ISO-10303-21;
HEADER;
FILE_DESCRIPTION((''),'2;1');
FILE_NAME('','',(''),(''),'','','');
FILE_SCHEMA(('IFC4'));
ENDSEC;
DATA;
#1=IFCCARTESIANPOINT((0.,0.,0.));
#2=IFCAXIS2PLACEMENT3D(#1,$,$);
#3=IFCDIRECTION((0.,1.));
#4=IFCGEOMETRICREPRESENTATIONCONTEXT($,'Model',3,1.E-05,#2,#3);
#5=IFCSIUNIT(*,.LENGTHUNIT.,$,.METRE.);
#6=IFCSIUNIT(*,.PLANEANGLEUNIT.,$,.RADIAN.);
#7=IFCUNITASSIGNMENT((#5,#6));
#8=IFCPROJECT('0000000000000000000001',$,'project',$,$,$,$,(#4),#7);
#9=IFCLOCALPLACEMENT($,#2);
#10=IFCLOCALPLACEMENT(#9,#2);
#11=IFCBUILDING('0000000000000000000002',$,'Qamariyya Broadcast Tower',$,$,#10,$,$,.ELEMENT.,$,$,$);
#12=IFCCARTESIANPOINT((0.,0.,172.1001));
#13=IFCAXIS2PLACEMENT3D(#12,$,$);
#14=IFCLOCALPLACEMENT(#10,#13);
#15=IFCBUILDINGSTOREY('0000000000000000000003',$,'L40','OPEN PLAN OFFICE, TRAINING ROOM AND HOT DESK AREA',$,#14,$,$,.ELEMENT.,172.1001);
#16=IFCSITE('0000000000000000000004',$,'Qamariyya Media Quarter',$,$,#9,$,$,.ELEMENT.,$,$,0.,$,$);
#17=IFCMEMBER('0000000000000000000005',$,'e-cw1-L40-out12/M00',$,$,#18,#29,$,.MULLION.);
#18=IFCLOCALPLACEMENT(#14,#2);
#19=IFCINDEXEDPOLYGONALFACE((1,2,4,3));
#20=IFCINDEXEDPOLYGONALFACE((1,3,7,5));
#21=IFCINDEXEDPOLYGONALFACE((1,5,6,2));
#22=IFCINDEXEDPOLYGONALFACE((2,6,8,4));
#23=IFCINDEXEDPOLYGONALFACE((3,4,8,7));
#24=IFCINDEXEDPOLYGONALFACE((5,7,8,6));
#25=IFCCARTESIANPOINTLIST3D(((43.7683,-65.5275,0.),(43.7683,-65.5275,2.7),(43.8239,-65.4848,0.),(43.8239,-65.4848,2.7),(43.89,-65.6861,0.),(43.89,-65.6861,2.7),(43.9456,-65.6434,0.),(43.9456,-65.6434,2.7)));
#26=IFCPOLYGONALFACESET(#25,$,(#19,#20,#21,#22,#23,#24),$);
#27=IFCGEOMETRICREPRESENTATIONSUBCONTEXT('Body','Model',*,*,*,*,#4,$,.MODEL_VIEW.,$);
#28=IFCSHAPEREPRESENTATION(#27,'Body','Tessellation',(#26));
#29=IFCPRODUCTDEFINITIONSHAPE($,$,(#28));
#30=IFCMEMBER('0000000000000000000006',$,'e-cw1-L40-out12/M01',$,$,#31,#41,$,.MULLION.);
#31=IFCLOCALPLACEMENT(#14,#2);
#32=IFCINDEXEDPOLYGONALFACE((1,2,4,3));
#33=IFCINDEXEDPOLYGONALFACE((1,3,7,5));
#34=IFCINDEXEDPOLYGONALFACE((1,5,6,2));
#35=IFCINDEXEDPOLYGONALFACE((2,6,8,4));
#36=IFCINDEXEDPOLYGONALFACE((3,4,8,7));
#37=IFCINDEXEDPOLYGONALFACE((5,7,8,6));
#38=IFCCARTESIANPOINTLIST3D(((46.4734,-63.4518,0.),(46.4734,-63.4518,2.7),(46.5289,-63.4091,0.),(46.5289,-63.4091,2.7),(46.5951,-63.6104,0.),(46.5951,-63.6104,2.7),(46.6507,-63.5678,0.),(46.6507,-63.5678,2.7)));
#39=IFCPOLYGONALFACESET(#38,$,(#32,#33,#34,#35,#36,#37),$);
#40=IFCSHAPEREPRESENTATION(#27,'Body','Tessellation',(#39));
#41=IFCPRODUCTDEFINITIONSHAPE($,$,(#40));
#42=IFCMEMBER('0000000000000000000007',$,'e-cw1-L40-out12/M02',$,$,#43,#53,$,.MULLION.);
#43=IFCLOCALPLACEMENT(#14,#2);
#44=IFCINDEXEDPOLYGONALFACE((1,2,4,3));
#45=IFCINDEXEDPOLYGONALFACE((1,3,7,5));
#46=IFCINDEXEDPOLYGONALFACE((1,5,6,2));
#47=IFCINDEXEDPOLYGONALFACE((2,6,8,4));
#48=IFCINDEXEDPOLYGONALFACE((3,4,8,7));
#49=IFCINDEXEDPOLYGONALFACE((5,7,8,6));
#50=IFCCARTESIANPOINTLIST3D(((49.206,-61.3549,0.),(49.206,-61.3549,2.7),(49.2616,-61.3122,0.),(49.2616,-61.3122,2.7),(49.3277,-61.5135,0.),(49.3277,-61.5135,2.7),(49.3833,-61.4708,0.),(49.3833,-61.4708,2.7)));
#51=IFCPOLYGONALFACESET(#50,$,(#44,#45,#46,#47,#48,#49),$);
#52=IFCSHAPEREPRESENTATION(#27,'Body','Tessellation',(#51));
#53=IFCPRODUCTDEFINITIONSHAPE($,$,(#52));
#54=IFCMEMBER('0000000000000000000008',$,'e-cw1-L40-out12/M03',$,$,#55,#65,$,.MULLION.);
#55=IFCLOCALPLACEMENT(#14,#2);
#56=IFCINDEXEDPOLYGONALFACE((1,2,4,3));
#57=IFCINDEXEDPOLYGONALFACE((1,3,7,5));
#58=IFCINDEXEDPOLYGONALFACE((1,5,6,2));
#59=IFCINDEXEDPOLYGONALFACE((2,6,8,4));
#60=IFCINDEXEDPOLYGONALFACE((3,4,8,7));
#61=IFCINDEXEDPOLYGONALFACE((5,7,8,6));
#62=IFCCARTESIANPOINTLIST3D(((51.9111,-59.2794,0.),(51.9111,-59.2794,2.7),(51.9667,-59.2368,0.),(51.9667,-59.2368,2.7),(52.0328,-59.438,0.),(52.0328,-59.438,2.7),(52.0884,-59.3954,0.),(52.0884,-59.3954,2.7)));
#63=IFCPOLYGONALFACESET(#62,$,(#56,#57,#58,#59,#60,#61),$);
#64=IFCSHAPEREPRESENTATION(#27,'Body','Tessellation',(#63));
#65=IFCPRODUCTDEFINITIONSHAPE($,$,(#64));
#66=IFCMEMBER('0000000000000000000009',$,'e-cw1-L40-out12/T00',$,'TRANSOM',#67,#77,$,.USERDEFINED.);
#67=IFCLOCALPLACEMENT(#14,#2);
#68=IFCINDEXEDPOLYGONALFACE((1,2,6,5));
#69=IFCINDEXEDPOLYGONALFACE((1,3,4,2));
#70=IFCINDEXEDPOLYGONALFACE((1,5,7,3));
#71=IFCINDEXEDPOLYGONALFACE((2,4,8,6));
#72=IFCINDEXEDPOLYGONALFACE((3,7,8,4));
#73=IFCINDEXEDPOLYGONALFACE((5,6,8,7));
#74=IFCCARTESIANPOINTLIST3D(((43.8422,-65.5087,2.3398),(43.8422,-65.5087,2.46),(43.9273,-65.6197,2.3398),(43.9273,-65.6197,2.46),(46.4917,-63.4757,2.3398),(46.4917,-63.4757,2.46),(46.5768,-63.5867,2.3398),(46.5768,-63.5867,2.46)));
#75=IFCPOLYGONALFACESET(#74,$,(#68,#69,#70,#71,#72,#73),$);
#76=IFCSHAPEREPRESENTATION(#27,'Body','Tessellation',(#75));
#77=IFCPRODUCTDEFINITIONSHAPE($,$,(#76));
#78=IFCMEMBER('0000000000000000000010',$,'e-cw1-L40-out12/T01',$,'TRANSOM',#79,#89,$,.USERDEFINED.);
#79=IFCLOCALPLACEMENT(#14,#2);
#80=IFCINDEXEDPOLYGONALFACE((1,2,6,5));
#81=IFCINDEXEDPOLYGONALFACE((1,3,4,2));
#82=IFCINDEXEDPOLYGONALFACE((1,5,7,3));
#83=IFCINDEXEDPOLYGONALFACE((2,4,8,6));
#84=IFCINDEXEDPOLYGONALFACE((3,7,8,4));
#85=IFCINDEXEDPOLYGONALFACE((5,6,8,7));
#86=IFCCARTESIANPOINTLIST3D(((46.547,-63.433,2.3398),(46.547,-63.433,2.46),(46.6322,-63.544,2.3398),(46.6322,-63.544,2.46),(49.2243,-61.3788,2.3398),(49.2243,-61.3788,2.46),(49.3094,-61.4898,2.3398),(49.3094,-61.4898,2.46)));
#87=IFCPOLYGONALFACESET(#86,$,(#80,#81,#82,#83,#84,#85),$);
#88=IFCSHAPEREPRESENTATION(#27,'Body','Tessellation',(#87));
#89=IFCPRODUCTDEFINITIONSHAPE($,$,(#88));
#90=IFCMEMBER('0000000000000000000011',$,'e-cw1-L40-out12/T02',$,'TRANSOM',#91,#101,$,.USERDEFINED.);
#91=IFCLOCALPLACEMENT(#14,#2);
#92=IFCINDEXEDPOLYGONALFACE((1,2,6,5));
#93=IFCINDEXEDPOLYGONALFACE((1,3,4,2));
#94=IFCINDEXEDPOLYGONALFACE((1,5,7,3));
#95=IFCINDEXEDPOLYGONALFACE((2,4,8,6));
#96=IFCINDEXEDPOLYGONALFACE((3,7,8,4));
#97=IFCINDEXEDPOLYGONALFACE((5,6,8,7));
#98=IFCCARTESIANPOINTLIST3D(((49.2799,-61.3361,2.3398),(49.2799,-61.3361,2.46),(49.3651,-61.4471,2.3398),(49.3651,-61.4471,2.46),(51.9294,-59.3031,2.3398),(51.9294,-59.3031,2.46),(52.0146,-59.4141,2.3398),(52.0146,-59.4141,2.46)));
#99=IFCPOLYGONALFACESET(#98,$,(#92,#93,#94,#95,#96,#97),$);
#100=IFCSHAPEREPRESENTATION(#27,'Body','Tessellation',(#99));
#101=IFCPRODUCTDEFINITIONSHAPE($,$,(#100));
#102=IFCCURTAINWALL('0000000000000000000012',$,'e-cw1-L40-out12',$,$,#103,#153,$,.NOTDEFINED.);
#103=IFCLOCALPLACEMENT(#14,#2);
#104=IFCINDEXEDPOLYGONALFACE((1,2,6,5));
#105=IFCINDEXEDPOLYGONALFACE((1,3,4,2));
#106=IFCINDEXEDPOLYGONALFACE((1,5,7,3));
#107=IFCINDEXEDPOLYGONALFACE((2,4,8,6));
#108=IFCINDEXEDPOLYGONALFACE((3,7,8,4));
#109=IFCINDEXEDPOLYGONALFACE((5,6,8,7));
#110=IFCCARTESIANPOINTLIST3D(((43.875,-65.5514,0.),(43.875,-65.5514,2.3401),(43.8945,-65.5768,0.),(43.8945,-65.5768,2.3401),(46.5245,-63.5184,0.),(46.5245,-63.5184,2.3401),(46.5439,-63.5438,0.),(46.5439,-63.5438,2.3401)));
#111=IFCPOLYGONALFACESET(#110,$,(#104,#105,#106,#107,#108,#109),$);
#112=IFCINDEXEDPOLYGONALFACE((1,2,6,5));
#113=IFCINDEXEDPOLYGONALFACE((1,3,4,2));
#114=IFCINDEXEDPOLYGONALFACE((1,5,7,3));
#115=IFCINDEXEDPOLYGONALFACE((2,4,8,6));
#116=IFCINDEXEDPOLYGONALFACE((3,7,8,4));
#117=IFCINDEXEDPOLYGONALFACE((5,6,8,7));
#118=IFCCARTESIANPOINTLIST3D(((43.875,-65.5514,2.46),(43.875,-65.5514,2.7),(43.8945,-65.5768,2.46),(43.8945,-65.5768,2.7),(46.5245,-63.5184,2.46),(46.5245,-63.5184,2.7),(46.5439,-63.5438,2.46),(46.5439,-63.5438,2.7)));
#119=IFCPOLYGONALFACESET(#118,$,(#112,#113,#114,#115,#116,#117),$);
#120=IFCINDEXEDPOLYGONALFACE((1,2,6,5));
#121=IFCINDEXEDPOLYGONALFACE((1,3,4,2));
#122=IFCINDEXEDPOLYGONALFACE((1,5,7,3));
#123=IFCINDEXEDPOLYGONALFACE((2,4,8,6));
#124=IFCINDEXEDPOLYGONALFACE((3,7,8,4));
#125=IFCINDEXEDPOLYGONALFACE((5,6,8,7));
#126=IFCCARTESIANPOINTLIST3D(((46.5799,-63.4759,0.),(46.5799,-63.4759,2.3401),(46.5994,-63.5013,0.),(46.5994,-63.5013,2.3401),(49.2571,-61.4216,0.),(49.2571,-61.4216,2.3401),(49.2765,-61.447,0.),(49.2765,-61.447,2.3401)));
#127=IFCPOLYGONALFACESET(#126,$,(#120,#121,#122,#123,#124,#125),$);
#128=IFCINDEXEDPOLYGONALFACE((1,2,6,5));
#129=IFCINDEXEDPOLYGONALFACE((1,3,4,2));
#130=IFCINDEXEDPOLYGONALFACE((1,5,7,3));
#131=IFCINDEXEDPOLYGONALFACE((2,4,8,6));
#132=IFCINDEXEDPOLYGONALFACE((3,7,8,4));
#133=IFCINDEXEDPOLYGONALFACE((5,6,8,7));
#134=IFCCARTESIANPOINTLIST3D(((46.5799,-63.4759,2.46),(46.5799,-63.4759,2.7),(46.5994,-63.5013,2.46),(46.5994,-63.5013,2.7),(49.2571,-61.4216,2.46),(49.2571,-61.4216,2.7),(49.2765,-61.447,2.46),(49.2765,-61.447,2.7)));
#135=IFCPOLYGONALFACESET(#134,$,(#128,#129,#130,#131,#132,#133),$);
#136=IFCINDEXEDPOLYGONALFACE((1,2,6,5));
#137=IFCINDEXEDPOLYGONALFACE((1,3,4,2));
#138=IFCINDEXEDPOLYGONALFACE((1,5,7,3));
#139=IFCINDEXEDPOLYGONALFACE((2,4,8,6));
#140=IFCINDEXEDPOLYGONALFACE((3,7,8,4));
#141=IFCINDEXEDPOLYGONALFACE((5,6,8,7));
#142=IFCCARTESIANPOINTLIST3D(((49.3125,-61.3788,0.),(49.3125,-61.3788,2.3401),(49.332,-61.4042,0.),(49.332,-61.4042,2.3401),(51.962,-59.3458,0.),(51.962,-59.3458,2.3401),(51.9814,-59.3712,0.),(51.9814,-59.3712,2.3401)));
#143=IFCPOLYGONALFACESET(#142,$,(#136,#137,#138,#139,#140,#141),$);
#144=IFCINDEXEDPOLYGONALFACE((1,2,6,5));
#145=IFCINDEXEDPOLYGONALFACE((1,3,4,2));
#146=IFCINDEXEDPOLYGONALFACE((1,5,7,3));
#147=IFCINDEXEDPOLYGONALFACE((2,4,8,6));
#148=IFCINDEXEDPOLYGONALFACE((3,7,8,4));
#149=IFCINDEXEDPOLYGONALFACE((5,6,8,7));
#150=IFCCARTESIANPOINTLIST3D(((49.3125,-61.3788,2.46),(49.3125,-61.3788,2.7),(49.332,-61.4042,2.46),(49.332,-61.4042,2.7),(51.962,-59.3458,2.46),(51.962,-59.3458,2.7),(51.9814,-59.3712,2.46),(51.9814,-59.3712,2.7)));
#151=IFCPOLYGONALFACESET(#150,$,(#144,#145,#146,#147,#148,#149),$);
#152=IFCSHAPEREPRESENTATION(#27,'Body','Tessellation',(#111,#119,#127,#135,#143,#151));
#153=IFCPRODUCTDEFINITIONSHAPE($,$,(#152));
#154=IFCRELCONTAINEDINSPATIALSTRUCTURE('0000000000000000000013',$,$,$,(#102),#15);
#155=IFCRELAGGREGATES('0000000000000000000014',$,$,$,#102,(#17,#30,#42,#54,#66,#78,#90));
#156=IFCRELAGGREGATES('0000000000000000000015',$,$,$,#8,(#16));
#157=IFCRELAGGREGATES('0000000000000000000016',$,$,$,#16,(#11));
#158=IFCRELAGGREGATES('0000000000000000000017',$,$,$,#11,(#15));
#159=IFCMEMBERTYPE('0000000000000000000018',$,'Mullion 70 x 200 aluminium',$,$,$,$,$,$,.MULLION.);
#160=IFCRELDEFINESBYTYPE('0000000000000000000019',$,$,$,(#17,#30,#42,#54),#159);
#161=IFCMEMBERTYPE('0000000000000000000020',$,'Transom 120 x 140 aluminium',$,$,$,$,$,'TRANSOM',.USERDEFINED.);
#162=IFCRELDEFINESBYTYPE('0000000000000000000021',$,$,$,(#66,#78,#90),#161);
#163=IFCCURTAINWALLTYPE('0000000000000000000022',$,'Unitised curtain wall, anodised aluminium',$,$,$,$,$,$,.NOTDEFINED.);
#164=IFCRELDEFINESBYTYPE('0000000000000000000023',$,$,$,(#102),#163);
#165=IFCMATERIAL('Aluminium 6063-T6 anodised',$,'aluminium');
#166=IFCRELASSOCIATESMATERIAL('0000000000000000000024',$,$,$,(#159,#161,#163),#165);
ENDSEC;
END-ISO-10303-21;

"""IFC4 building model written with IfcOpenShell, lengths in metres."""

from ifc_helpers import new_model, si_unit, direction, frame, origin, origin_2d, place, context, subcontext, project, spatial, rectangle, extrude, material, material_profile, profile_set, type_object, element, aggregate, save


model = new_model("IFC4")

# Units and contexts
model_context = context("Model", 3, precision=1e-05, world=origin(), true_north=direction((0.0, 1.0)))
body_context = subcontext(model_context, "Body", "Model", "MODEL_VIEW")
ifc_project = project(units=[si_unit("LENGTHUNIT", "METRE"), si_unit("PLANEANGLEUNIT", "RADIAN")], contexts=[model_context])

# Members
ifc_material_1 = material(Name="Aluminium 6063-T6 anodised", Category="aluminium")
ifc_material_profile_1 = material_profile(ifc_material_1, rectangle(XDim=0.2, YDim=0.0701, at=origin_2d()))
ifc_profile_set_1 = profile_set([ifc_material_profile_1], Name="Aluminium 6063-T6 anodised")
member_type_1 = type_object("IfcMemberType", Name="Mullion 70 x 200 aluminium", PredefinedType="MULLION", material=ifc_profile_set_1)
site_placement = place(None, origin())
building_placement = place(site_placement, origin())
storey_placement = place(building_placement, frame((0.0, 0.0, 172.1001)))
member_1_placement = place(storey_placement, frame((43.8569, -65.5854, 0.0), z_axis=(0.0, 0.0, 1.0), x_axis=(-0.608761, 0.793353, 0.0)))
member_1 = element("IfcMember", 1, at=member_1_placement, type_object=member_type_1, Name="e-cw1-L40-out12/M00", PredefinedType="MULLION", context=body_context, shape_type="SweptSolid", body=[
    extrude(rectangle(XDim=0.2, YDim=0.0701, at=origin_2d()), origin(), (0.0, 0.0, 1.0), 2.7),
])
member_2_placement = place(storey_placement, frame((46.562, -63.5098, 0.0), z_axis=(0.0, 0.0, 1.0), x_axis=(-0.608761, 0.793353, 0.0)))
member_2 = element("IfcMember", 2, at=member_2_placement, type_object=member_type_1, Name="e-cw1-L40-out12/M01", PredefinedType="MULLION", context=body_context, shape_type="SweptSolid", body=[
    extrude(rectangle(XDim=0.2, YDim=0.0701, at=origin_2d()), origin(), (0.0, 0.0, 1.0), 2.7),
])
member_3_placement = place(storey_placement, frame((49.2947, -61.4128, 0.0), z_axis=(0.0, 0.0, 1.0), x_axis=(-0.608761, 0.793353, 0.0)))
member_3 = element("IfcMember", 3, at=member_3_placement, type_object=member_type_1, Name="e-cw1-L40-out12/M02", PredefinedType="MULLION", context=body_context, shape_type="SweptSolid", body=[
    extrude(rectangle(XDim=0.2, YDim=0.0701, at=origin_2d()), origin(), (0.0, 0.0, 1.0), 2.7),
])
member_4_placement = place(storey_placement, frame((51.9998, -59.3374, 0.0), z_axis=(0.0, 0.0, 1.0), x_axis=(-0.608761, 0.793353, 0.0)))
member_4 = element("IfcMember", 4, at=member_4_placement, type_object=member_type_1, Name="e-cw1-L40-out12/M03", PredefinedType="MULLION", context=body_context, shape_type="SweptSolid", body=[
    extrude(rectangle(XDim=0.2, YDim=0.0701, at=origin_2d()), origin(), (0.0, 0.0, 1.0), 2.7),
])
ifc_material_profile_2 = material_profile(ifc_material_1, rectangle(XDim=0.1399, YDim=0.1201, at=origin_2d()))
ifc_profile_set_2 = profile_set([ifc_material_profile_2], Name="Aluminium 6063-T6 anodised")
member_type_2 = type_object("IfcMemberType", Name="Transom 120 x 140 aluminium", ElementType="TRANSOM", PredefinedType="USERDEFINED", material=ifc_profile_set_2)
member_5_placement = place(storey_placement, frame((43.8848, -65.5642, 2.3999), z_axis=(0.793354, 0.60876, 0.0), x_axis=(-0.60876, 0.793354, 0.0)))
member_5 = element("IfcMember", 5, at=member_5_placement, type_object=member_type_2, Name="e-cw1-L40-out12/T00", ObjectType="TRANSOM", PredefinedType="USERDEFINED", context=body_context, shape_type="SweptSolid", body=[
    extrude(rectangle(XDim=0.1399, YDim=0.1201, at=origin_2d()), origin(), (0.0, 0.0, 1.0), 3.3396),
])
member_6_placement = place(storey_placement, frame((46.5896, -63.4885, 2.3999), z_axis=(0.793371, 0.608738, 0.0), x_axis=(-0.608738, 0.793371, 0.0)))
member_6 = element("IfcMember", 6, at=member_6_placement, type_object=member_type_2, Name="e-cw1-L40-out12/T01", ObjectType="TRANSOM", PredefinedType="USERDEFINED", context=body_context, shape_type="SweptSolid", body=[
    extrude(rectangle(XDim=0.1399, YDim=0.1201, at=origin_2d()), origin(), (0.0, 0.0, 1.0), 3.3745),
])
member_7_placement = place(storey_placement, frame((49.3225, -61.3916, 2.3999), z_axis=(0.793354, 0.60876, 0.0), x_axis=(-0.60876, 0.793354, 0.0)))
member_7 = element("IfcMember", 7, at=member_7_placement, type_object=member_type_2, Name="e-cw1-L40-out12/T02", ObjectType="TRANSOM", PredefinedType="USERDEFINED", context=body_context, shape_type="SweptSolid", body=[
    extrude(rectangle(XDim=0.1399, YDim=0.1201, at=origin_2d()), origin(), (0.0, 0.0, 1.0), 3.3396),
])

# Site, building, storey
site = spatial("IfcSite", under=ifc_project, at=site_placement, Name="Qamariyya Media Quarter", CompositionType="ELEMENT", RefElevation=0.0)
building = spatial("IfcBuilding", under=site, at=building_placement, Name="Qamariyya Broadcast Tower", CompositionType="ELEMENT")
storey = spatial("IfcBuildingStorey", under=building, at=storey_placement, Name="L40", Description="OPEN PLAN OFFICE, TRAINING ROOM AND HOT DESK AREA", CompositionType="ELEMENT", Elevation=172.1001)

# Curtain wall
curtain_wall_type = type_object("IfcCurtainWallType", Name="Unitised curtain wall, anodised aluminium", PredefinedType="NOTDEFINED", material=ifc_material_1)
curtain_wall_1_placement = place(storey_placement, origin())
curtain_wall_1 = element("IfcCurtainWall", 8, at=curtain_wall_1_placement, inside=storey, type_object=curtain_wall_type, Name="e-cw1-L40-out12", PredefinedType="NOTDEFINED", context=body_context, shape_type="SweptSolid", body=[
    extrude(rectangle(XDim=3.3396, YDim=0.032, at=origin_2d()), frame((45.2095, -64.5476, 0.0), x_axis=(0.793352, 0.608764, 0.0)), (0.0, 0.0, 1.0), 2.3401),
    extrude(rectangle(XDim=3.3396, YDim=0.032, at=origin_2d()), frame((45.2095, -64.5476, 2.46), x_axis=(0.793352, 0.608764, 0.0)), (0.0, 0.0, 1.0), 0.24),
    extrude(rectangle(XDim=3.3745, YDim=0.032, at=origin_2d()), frame((47.9282, -62.4614, 0.0), x_axis=(0.793352, 0.608764, 0.0)), (0.0, 0.0, 1.0), 2.3401),
    extrude(rectangle(XDim=3.3745, YDim=0.032, at=origin_2d()), frame((47.9282, -62.4614, 2.46), x_axis=(0.793352, 0.608764, 0.0)), (0.0, 0.0, 1.0), 0.24),
    extrude(rectangle(XDim=3.3396, YDim=0.032, at=origin_2d()), frame((50.647, -60.375, 0.0), x_axis=(0.793352, 0.608764, 0.0)), (0.0, 0.0, 1.0), 2.3401),
    extrude(rectangle(XDim=3.3396, YDim=0.032, at=origin_2d()), frame((50.647, -60.375, 2.46), x_axis=(0.793352, 0.608764, 0.0)), (0.0, 0.0, 1.0), 0.24),
])
aggregate(curtain_wall_1, [member_1, member_2, member_3, member_4, member_5, member_6, member_7])

save(model, "model.ifc")
